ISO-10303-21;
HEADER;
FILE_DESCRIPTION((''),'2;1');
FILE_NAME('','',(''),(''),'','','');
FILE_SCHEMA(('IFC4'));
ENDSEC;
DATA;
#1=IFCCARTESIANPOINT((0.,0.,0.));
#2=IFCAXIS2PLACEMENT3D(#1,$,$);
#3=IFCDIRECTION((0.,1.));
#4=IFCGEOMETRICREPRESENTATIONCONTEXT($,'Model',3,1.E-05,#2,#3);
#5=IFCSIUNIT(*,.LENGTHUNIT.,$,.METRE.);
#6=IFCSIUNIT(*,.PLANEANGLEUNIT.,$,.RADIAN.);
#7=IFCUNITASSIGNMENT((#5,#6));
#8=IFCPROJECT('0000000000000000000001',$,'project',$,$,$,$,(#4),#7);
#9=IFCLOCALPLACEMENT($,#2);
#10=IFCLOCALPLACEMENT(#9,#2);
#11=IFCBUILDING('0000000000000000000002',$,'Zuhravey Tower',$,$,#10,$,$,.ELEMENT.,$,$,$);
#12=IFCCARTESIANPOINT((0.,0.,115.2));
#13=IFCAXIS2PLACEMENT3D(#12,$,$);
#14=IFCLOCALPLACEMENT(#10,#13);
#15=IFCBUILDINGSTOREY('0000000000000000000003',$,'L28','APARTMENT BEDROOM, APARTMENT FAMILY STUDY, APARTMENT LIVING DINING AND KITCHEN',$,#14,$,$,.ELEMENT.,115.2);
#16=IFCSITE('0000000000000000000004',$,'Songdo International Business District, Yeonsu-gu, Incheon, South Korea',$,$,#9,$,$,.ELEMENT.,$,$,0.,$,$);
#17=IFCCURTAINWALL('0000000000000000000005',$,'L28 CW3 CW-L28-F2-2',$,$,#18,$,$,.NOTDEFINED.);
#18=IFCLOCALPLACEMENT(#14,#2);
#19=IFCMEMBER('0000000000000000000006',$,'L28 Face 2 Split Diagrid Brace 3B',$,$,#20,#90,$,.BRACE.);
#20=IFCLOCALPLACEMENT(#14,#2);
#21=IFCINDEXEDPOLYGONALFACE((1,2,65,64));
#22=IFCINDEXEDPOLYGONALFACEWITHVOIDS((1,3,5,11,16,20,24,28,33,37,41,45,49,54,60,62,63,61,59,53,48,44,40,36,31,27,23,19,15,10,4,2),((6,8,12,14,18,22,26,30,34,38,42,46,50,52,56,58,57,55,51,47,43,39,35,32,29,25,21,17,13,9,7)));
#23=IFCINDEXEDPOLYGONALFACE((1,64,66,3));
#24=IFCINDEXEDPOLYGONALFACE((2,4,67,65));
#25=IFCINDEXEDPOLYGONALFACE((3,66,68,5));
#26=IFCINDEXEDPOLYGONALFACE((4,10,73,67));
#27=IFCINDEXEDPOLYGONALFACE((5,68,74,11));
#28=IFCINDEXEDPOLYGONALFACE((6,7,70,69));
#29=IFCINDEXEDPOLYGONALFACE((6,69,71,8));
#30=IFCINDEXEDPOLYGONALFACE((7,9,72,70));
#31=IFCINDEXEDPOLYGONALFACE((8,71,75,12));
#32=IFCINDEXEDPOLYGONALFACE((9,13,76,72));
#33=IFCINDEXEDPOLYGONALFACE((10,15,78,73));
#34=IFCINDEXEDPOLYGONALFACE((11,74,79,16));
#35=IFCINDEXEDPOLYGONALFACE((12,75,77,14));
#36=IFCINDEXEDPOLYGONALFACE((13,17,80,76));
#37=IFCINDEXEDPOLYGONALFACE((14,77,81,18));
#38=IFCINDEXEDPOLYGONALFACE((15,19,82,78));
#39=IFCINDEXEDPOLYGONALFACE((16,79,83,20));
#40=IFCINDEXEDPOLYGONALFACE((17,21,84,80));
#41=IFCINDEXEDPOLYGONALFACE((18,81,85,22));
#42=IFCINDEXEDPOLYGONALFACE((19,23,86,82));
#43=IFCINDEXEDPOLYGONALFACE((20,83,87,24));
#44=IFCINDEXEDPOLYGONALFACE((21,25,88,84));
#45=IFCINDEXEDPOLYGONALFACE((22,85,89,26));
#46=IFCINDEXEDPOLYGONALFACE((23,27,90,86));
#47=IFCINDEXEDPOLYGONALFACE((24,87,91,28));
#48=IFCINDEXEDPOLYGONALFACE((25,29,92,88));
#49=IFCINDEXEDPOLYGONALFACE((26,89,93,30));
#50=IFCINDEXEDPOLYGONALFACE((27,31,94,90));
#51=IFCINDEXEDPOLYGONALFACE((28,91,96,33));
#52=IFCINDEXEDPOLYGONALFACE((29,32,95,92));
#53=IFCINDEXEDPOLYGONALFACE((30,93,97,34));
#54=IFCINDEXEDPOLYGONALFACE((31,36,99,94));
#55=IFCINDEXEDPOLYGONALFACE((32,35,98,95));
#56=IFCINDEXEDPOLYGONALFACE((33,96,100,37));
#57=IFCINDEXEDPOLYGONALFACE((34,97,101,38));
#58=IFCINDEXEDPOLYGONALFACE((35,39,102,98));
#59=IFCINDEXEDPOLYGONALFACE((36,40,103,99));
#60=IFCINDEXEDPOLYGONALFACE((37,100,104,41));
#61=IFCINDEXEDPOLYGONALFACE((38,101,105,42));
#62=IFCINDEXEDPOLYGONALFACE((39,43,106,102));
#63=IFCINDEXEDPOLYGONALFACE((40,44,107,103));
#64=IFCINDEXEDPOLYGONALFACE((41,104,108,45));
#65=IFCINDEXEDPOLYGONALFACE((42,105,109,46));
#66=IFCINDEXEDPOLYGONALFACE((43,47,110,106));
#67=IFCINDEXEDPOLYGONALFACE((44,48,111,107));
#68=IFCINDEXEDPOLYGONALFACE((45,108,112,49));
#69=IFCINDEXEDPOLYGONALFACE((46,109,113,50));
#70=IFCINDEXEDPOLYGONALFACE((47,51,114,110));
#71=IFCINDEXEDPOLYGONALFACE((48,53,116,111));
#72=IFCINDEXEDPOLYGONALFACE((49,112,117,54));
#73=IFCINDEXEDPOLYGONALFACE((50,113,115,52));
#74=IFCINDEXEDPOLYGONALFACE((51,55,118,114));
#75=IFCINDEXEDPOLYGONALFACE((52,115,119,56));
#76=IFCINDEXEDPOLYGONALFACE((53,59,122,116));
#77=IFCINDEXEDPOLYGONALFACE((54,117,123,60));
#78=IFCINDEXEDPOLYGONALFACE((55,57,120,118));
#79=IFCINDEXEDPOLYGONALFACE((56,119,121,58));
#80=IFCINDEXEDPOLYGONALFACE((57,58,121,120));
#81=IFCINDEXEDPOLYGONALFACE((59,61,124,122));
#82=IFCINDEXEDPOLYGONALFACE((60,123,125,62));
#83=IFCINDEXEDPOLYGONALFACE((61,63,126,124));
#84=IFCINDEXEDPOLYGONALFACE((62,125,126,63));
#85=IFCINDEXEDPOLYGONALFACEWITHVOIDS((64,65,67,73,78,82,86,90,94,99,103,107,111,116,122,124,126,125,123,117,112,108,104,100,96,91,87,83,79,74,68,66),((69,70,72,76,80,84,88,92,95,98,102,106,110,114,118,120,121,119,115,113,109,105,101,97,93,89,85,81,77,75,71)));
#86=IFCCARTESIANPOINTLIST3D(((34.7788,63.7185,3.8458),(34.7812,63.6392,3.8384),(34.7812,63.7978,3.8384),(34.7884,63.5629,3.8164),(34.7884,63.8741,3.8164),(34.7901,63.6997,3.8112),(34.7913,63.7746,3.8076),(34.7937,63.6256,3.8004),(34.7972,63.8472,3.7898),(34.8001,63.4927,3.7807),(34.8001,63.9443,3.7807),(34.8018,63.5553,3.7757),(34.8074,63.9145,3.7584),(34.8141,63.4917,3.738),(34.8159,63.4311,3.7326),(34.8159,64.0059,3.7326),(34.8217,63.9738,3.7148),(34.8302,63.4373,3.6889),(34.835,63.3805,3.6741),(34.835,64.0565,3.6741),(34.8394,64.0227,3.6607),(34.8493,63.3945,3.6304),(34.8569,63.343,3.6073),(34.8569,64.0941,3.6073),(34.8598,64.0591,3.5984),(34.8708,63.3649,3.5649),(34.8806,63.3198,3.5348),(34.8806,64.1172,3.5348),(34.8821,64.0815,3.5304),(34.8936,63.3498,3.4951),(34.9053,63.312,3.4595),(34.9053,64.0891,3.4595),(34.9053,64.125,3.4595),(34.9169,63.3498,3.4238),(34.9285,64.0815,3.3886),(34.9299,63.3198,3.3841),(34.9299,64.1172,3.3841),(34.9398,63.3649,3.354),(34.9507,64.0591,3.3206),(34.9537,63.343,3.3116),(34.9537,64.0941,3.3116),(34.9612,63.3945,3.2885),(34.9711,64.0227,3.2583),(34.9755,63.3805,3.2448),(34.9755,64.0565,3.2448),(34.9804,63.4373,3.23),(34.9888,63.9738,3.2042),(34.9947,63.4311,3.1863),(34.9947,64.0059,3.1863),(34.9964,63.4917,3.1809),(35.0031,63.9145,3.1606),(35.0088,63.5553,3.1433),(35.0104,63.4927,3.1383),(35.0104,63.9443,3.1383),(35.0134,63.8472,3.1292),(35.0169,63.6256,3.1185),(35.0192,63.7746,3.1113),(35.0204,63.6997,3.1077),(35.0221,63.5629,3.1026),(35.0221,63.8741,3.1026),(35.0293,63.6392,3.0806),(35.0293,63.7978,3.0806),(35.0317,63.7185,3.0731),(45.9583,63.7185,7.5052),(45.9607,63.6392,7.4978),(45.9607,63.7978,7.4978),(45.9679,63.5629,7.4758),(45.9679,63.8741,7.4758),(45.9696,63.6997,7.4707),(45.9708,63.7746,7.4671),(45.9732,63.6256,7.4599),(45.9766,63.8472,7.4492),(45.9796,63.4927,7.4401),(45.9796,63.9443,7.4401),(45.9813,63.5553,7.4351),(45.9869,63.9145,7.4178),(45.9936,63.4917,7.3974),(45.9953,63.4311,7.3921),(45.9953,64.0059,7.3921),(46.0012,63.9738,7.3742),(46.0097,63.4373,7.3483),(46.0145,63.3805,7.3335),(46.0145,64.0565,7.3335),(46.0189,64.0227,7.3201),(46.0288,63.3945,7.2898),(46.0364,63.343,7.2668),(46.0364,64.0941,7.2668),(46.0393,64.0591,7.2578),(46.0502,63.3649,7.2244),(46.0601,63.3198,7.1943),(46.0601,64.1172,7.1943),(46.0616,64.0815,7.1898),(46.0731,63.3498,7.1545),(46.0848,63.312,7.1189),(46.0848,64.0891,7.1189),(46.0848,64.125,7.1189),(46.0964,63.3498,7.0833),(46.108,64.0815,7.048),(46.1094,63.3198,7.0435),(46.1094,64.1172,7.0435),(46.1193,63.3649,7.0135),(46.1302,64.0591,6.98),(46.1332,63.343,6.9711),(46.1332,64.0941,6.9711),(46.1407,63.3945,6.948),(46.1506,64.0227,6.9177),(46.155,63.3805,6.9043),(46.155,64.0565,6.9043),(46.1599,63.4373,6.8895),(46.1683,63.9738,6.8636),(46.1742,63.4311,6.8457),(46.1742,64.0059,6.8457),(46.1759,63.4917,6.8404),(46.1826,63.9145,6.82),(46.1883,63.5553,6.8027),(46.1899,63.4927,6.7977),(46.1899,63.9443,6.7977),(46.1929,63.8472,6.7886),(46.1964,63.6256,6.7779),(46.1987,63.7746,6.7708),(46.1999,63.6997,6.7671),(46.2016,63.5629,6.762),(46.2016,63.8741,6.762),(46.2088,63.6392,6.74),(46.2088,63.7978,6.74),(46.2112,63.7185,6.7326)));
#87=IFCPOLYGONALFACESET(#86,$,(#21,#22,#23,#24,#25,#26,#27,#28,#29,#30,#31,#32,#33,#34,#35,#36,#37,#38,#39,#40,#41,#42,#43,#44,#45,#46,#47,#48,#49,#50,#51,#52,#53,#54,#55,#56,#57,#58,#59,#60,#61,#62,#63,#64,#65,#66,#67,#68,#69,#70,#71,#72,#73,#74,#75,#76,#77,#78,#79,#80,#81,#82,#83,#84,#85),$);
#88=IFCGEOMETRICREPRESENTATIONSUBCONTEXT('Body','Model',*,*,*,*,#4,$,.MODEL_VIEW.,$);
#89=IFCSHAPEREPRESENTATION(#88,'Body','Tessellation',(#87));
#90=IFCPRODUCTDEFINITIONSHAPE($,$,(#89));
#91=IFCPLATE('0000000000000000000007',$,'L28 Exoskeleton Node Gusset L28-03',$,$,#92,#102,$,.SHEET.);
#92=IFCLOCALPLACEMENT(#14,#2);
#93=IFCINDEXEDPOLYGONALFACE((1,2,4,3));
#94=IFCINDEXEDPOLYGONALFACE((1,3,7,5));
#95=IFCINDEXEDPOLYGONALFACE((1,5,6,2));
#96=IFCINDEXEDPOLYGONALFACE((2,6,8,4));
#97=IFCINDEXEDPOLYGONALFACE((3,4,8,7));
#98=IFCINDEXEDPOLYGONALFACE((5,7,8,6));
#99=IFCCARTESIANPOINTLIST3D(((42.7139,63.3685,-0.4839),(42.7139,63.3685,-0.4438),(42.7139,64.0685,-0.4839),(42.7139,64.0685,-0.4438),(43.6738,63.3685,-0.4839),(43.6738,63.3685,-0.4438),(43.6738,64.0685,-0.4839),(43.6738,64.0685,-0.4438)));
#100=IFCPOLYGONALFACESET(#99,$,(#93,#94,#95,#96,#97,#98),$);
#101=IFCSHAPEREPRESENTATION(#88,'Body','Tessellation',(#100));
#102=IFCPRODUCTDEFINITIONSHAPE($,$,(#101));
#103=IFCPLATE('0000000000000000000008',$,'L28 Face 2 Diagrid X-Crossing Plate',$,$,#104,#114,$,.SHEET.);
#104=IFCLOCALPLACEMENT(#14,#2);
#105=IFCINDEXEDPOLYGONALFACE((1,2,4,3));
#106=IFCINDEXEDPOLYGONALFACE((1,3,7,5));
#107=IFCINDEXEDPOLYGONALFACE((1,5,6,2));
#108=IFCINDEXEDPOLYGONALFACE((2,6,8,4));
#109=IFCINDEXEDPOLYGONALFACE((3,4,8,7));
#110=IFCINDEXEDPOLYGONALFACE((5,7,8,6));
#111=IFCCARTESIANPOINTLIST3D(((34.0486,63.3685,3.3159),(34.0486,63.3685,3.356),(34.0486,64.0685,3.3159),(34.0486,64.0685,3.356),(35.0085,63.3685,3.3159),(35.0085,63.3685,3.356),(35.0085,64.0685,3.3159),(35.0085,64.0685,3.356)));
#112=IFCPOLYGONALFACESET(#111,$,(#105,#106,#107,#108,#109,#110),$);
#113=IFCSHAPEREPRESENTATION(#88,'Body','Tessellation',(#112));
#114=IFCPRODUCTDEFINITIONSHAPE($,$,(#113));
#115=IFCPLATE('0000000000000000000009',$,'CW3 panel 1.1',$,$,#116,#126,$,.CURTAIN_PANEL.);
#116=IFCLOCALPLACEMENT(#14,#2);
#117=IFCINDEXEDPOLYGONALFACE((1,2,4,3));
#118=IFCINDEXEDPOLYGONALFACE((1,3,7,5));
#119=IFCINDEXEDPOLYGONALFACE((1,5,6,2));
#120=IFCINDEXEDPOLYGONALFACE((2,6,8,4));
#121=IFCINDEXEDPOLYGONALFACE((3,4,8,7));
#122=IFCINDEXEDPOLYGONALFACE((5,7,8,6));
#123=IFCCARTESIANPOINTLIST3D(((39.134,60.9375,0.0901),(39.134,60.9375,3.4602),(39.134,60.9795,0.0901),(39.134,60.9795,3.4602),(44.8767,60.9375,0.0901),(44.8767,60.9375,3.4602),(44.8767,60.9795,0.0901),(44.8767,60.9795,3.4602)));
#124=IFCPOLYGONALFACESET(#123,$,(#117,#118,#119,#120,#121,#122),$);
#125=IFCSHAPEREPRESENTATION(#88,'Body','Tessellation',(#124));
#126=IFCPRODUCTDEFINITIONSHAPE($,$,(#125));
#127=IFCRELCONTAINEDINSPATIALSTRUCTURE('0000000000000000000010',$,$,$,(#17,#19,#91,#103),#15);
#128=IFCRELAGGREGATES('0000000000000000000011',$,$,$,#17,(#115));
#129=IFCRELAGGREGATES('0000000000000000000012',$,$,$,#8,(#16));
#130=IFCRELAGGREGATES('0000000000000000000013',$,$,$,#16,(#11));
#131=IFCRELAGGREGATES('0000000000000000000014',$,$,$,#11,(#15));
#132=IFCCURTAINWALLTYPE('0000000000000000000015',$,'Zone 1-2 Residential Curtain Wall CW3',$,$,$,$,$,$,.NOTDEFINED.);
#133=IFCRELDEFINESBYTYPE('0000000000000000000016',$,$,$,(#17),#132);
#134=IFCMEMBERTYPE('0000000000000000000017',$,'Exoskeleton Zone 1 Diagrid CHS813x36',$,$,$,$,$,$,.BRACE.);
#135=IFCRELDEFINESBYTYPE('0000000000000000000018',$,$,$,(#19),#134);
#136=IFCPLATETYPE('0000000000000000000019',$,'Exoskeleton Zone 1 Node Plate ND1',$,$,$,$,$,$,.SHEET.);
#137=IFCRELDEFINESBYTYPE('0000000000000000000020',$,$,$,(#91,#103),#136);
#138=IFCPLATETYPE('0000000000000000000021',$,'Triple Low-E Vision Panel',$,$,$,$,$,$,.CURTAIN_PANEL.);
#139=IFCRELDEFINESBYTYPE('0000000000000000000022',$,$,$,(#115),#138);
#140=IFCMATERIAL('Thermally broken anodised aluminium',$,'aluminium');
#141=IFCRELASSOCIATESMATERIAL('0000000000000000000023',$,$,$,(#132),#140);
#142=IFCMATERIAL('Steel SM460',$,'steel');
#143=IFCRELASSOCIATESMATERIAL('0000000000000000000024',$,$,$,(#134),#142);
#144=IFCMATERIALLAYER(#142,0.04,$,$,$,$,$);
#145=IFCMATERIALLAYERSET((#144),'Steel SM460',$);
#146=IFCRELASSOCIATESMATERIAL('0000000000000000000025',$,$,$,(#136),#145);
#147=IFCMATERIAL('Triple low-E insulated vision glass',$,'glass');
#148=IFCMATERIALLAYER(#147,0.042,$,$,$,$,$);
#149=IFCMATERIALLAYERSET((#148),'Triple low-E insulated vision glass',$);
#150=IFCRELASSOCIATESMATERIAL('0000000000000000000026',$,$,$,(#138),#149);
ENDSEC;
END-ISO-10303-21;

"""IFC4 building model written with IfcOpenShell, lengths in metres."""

from ifc_helpers import new_model, si_unit, direction, frame, origin, origin_2d, place, context, subcontext, project, spatial, rectangle, hollow_circle, extrude, material, layer, layer_set, material_profile, profile_set, type_object, element, aggregate, save


model = new_model("IFC4")

# Units and contexts
model_context = context("Model", 3, precision=1e-05, world=origin(), true_north=direction((0.0, 1.0)))
body_context = subcontext(model_context, "Body", "Model", "MODEL_VIEW")
ifc_project = project(units=[si_unit("LENGTHUNIT", "METRE"), si_unit("PLANEANGLEUNIT", "RADIAN")], contexts=[model_context])

# Site, building, storey
site_placement = place(None, origin())
site = spatial("IfcSite", under=ifc_project, at=site_placement, Name="Songdo International Business District, Yeonsu-gu, Incheon, South Korea", CompositionType="ELEMENT", RefElevation=0.0)
building_placement = place(site_placement, origin())
building = spatial("IfcBuilding", under=site, at=building_placement, Name="Zuhravey Tower", CompositionType="ELEMENT")
storey_placement = place(building_placement, frame((0.0, 0.0, 115.2)))
storey = spatial("IfcBuildingStorey", under=building, at=storey_placement, Name="L28", Description="APARTMENT BEDROOM, APARTMENT FAMILY STUDY, APARTMENT LIVING DINING AND KITCHEN", CompositionType="ELEMENT", Elevation=115.2)

# Curtain wall
ifc_material_1 = material(Name="Thermally broken anodised aluminium", Category="aluminium")
curtain_wall_type = type_object("IfcCurtainWallType", Name="Zone 1-2 Residential Curtain Wall CW3", PredefinedType="NOTDEFINED", material=ifc_material_1)
curtain_wall_placement = place(storey_placement, origin())
curtain_wall = element("IfcCurtainWall", 1, at=curtain_wall_placement, inside=storey, type_object=curtain_wall_type, Name="L28 CW3 CW-L28-F2-2", PredefinedType="NOTDEFINED")

# Member
ifc_material_2 = material(Name="Steel SM460", Category="steel")
ifc_material_profile_1 = material_profile(ifc_material_2, hollow_circle(Radius=0.4065, WallThickness=0.0359, at=origin_2d()), Name="CHS-812.8x36")
ifc_profile_set_1 = profile_set([ifc_material_profile_1], Name="Steel SM460")
member_type_1 = type_object("IfcMemberType", Name="Exoskeleton Zone 1 Diagrid CHS813x36", PredefinedType="BRACE", material=ifc_profile_set_1)
member_1_placement = place(storey_placement, frame((34.9053, 63.7185, 3.4595), z_axis=(0.95038, 0.0, 0.311093), x_axis=(0.0, 1.0, 0.0)))
element("IfcMember", 2, at=member_1_placement, inside=storey, type_object=member_type_1, Name="L28 Face 2 Split Diagrid Brace 3B", PredefinedType="BRACE", context=body_context, shape_type="SweptSolid", body=[
    extrude(hollow_circle(Radius=0.4065, WallThickness=0.0359, at=origin_2d()), origin(), (0.0, 0.0, 1.0), 11.7632),
])

# Plates
ifc_layer_1 = layer(ifc_material_2, 0.04)
ifc_layer_set_1 = layer_set([ifc_layer_1], Name="Steel SM460")
plate_type_1 = type_object("IfcPlateType", Name="Exoskeleton Zone 1 Node Plate ND1", PredefinedType="SHEET", material=ifc_layer_set_1)
for number, where, z_axis, x_axis, name in (
    (3, (43.1938, 63.7185, -0.4839), (0.0, 0.0, 1.0), (-1.0, 0.0, 0.0), "L28 Exoskeleton Node Gusset L28-03"),
    (4, (34.5286, 63.7185, 3.3159), (0.0, 0.0, 1.0), (-1.0, 0.0, 0.0), "L28 Face 2 Diagrid X-Crossing Plate"),
):
    element("IfcPlate", number, at=place(storey_placement, frame(where, z_axis=z_axis, x_axis=x_axis)), inside=storey, type_object=plate_type_1, Name=name, PredefinedType="SHEET", context=body_context, shape_type="SweptSolid", body=[
        extrude(rectangle(XDim=0.96, YDim=0.7, at=origin_2d()), origin(), (0.0, 0.0, 1.0), 0.04),
    ])

# Plate
ifc_material_3 = material(Name="Triple low-E insulated vision glass", Category="glass")
ifc_layer_2 = layer(ifc_material_3, 0.042)
ifc_layer_set_2 = layer_set([ifc_layer_2], Name="Triple low-E insulated vision glass")
plate_type_2 = type_object("IfcPlateType", Name="Triple Low-E Vision Panel", PredefinedType="CURTAIN_PANEL", material=ifc_layer_set_2)
plate_placement = place(storey_placement, frame((42.0054, 60.9585, 0.0901), z_axis=(0.0, 0.0, 1.0), x_axis=(1.0, 0.0, 0.0)))
plate = element("IfcPlate", 5, at=plate_placement, type_object=plate_type_2, Name="CW3 panel 1.1", PredefinedType="CURTAIN_PANEL", context=body_context, shape_type="SweptSolid", body=[
    extrude(rectangle(XDim=5.7427, YDim=0.042, at=origin_2d()), origin(), (0.0, 0.0, 1.0), 3.3701),
])
aggregate(curtain_wall, [plate])

save(model, "model.ifc")
